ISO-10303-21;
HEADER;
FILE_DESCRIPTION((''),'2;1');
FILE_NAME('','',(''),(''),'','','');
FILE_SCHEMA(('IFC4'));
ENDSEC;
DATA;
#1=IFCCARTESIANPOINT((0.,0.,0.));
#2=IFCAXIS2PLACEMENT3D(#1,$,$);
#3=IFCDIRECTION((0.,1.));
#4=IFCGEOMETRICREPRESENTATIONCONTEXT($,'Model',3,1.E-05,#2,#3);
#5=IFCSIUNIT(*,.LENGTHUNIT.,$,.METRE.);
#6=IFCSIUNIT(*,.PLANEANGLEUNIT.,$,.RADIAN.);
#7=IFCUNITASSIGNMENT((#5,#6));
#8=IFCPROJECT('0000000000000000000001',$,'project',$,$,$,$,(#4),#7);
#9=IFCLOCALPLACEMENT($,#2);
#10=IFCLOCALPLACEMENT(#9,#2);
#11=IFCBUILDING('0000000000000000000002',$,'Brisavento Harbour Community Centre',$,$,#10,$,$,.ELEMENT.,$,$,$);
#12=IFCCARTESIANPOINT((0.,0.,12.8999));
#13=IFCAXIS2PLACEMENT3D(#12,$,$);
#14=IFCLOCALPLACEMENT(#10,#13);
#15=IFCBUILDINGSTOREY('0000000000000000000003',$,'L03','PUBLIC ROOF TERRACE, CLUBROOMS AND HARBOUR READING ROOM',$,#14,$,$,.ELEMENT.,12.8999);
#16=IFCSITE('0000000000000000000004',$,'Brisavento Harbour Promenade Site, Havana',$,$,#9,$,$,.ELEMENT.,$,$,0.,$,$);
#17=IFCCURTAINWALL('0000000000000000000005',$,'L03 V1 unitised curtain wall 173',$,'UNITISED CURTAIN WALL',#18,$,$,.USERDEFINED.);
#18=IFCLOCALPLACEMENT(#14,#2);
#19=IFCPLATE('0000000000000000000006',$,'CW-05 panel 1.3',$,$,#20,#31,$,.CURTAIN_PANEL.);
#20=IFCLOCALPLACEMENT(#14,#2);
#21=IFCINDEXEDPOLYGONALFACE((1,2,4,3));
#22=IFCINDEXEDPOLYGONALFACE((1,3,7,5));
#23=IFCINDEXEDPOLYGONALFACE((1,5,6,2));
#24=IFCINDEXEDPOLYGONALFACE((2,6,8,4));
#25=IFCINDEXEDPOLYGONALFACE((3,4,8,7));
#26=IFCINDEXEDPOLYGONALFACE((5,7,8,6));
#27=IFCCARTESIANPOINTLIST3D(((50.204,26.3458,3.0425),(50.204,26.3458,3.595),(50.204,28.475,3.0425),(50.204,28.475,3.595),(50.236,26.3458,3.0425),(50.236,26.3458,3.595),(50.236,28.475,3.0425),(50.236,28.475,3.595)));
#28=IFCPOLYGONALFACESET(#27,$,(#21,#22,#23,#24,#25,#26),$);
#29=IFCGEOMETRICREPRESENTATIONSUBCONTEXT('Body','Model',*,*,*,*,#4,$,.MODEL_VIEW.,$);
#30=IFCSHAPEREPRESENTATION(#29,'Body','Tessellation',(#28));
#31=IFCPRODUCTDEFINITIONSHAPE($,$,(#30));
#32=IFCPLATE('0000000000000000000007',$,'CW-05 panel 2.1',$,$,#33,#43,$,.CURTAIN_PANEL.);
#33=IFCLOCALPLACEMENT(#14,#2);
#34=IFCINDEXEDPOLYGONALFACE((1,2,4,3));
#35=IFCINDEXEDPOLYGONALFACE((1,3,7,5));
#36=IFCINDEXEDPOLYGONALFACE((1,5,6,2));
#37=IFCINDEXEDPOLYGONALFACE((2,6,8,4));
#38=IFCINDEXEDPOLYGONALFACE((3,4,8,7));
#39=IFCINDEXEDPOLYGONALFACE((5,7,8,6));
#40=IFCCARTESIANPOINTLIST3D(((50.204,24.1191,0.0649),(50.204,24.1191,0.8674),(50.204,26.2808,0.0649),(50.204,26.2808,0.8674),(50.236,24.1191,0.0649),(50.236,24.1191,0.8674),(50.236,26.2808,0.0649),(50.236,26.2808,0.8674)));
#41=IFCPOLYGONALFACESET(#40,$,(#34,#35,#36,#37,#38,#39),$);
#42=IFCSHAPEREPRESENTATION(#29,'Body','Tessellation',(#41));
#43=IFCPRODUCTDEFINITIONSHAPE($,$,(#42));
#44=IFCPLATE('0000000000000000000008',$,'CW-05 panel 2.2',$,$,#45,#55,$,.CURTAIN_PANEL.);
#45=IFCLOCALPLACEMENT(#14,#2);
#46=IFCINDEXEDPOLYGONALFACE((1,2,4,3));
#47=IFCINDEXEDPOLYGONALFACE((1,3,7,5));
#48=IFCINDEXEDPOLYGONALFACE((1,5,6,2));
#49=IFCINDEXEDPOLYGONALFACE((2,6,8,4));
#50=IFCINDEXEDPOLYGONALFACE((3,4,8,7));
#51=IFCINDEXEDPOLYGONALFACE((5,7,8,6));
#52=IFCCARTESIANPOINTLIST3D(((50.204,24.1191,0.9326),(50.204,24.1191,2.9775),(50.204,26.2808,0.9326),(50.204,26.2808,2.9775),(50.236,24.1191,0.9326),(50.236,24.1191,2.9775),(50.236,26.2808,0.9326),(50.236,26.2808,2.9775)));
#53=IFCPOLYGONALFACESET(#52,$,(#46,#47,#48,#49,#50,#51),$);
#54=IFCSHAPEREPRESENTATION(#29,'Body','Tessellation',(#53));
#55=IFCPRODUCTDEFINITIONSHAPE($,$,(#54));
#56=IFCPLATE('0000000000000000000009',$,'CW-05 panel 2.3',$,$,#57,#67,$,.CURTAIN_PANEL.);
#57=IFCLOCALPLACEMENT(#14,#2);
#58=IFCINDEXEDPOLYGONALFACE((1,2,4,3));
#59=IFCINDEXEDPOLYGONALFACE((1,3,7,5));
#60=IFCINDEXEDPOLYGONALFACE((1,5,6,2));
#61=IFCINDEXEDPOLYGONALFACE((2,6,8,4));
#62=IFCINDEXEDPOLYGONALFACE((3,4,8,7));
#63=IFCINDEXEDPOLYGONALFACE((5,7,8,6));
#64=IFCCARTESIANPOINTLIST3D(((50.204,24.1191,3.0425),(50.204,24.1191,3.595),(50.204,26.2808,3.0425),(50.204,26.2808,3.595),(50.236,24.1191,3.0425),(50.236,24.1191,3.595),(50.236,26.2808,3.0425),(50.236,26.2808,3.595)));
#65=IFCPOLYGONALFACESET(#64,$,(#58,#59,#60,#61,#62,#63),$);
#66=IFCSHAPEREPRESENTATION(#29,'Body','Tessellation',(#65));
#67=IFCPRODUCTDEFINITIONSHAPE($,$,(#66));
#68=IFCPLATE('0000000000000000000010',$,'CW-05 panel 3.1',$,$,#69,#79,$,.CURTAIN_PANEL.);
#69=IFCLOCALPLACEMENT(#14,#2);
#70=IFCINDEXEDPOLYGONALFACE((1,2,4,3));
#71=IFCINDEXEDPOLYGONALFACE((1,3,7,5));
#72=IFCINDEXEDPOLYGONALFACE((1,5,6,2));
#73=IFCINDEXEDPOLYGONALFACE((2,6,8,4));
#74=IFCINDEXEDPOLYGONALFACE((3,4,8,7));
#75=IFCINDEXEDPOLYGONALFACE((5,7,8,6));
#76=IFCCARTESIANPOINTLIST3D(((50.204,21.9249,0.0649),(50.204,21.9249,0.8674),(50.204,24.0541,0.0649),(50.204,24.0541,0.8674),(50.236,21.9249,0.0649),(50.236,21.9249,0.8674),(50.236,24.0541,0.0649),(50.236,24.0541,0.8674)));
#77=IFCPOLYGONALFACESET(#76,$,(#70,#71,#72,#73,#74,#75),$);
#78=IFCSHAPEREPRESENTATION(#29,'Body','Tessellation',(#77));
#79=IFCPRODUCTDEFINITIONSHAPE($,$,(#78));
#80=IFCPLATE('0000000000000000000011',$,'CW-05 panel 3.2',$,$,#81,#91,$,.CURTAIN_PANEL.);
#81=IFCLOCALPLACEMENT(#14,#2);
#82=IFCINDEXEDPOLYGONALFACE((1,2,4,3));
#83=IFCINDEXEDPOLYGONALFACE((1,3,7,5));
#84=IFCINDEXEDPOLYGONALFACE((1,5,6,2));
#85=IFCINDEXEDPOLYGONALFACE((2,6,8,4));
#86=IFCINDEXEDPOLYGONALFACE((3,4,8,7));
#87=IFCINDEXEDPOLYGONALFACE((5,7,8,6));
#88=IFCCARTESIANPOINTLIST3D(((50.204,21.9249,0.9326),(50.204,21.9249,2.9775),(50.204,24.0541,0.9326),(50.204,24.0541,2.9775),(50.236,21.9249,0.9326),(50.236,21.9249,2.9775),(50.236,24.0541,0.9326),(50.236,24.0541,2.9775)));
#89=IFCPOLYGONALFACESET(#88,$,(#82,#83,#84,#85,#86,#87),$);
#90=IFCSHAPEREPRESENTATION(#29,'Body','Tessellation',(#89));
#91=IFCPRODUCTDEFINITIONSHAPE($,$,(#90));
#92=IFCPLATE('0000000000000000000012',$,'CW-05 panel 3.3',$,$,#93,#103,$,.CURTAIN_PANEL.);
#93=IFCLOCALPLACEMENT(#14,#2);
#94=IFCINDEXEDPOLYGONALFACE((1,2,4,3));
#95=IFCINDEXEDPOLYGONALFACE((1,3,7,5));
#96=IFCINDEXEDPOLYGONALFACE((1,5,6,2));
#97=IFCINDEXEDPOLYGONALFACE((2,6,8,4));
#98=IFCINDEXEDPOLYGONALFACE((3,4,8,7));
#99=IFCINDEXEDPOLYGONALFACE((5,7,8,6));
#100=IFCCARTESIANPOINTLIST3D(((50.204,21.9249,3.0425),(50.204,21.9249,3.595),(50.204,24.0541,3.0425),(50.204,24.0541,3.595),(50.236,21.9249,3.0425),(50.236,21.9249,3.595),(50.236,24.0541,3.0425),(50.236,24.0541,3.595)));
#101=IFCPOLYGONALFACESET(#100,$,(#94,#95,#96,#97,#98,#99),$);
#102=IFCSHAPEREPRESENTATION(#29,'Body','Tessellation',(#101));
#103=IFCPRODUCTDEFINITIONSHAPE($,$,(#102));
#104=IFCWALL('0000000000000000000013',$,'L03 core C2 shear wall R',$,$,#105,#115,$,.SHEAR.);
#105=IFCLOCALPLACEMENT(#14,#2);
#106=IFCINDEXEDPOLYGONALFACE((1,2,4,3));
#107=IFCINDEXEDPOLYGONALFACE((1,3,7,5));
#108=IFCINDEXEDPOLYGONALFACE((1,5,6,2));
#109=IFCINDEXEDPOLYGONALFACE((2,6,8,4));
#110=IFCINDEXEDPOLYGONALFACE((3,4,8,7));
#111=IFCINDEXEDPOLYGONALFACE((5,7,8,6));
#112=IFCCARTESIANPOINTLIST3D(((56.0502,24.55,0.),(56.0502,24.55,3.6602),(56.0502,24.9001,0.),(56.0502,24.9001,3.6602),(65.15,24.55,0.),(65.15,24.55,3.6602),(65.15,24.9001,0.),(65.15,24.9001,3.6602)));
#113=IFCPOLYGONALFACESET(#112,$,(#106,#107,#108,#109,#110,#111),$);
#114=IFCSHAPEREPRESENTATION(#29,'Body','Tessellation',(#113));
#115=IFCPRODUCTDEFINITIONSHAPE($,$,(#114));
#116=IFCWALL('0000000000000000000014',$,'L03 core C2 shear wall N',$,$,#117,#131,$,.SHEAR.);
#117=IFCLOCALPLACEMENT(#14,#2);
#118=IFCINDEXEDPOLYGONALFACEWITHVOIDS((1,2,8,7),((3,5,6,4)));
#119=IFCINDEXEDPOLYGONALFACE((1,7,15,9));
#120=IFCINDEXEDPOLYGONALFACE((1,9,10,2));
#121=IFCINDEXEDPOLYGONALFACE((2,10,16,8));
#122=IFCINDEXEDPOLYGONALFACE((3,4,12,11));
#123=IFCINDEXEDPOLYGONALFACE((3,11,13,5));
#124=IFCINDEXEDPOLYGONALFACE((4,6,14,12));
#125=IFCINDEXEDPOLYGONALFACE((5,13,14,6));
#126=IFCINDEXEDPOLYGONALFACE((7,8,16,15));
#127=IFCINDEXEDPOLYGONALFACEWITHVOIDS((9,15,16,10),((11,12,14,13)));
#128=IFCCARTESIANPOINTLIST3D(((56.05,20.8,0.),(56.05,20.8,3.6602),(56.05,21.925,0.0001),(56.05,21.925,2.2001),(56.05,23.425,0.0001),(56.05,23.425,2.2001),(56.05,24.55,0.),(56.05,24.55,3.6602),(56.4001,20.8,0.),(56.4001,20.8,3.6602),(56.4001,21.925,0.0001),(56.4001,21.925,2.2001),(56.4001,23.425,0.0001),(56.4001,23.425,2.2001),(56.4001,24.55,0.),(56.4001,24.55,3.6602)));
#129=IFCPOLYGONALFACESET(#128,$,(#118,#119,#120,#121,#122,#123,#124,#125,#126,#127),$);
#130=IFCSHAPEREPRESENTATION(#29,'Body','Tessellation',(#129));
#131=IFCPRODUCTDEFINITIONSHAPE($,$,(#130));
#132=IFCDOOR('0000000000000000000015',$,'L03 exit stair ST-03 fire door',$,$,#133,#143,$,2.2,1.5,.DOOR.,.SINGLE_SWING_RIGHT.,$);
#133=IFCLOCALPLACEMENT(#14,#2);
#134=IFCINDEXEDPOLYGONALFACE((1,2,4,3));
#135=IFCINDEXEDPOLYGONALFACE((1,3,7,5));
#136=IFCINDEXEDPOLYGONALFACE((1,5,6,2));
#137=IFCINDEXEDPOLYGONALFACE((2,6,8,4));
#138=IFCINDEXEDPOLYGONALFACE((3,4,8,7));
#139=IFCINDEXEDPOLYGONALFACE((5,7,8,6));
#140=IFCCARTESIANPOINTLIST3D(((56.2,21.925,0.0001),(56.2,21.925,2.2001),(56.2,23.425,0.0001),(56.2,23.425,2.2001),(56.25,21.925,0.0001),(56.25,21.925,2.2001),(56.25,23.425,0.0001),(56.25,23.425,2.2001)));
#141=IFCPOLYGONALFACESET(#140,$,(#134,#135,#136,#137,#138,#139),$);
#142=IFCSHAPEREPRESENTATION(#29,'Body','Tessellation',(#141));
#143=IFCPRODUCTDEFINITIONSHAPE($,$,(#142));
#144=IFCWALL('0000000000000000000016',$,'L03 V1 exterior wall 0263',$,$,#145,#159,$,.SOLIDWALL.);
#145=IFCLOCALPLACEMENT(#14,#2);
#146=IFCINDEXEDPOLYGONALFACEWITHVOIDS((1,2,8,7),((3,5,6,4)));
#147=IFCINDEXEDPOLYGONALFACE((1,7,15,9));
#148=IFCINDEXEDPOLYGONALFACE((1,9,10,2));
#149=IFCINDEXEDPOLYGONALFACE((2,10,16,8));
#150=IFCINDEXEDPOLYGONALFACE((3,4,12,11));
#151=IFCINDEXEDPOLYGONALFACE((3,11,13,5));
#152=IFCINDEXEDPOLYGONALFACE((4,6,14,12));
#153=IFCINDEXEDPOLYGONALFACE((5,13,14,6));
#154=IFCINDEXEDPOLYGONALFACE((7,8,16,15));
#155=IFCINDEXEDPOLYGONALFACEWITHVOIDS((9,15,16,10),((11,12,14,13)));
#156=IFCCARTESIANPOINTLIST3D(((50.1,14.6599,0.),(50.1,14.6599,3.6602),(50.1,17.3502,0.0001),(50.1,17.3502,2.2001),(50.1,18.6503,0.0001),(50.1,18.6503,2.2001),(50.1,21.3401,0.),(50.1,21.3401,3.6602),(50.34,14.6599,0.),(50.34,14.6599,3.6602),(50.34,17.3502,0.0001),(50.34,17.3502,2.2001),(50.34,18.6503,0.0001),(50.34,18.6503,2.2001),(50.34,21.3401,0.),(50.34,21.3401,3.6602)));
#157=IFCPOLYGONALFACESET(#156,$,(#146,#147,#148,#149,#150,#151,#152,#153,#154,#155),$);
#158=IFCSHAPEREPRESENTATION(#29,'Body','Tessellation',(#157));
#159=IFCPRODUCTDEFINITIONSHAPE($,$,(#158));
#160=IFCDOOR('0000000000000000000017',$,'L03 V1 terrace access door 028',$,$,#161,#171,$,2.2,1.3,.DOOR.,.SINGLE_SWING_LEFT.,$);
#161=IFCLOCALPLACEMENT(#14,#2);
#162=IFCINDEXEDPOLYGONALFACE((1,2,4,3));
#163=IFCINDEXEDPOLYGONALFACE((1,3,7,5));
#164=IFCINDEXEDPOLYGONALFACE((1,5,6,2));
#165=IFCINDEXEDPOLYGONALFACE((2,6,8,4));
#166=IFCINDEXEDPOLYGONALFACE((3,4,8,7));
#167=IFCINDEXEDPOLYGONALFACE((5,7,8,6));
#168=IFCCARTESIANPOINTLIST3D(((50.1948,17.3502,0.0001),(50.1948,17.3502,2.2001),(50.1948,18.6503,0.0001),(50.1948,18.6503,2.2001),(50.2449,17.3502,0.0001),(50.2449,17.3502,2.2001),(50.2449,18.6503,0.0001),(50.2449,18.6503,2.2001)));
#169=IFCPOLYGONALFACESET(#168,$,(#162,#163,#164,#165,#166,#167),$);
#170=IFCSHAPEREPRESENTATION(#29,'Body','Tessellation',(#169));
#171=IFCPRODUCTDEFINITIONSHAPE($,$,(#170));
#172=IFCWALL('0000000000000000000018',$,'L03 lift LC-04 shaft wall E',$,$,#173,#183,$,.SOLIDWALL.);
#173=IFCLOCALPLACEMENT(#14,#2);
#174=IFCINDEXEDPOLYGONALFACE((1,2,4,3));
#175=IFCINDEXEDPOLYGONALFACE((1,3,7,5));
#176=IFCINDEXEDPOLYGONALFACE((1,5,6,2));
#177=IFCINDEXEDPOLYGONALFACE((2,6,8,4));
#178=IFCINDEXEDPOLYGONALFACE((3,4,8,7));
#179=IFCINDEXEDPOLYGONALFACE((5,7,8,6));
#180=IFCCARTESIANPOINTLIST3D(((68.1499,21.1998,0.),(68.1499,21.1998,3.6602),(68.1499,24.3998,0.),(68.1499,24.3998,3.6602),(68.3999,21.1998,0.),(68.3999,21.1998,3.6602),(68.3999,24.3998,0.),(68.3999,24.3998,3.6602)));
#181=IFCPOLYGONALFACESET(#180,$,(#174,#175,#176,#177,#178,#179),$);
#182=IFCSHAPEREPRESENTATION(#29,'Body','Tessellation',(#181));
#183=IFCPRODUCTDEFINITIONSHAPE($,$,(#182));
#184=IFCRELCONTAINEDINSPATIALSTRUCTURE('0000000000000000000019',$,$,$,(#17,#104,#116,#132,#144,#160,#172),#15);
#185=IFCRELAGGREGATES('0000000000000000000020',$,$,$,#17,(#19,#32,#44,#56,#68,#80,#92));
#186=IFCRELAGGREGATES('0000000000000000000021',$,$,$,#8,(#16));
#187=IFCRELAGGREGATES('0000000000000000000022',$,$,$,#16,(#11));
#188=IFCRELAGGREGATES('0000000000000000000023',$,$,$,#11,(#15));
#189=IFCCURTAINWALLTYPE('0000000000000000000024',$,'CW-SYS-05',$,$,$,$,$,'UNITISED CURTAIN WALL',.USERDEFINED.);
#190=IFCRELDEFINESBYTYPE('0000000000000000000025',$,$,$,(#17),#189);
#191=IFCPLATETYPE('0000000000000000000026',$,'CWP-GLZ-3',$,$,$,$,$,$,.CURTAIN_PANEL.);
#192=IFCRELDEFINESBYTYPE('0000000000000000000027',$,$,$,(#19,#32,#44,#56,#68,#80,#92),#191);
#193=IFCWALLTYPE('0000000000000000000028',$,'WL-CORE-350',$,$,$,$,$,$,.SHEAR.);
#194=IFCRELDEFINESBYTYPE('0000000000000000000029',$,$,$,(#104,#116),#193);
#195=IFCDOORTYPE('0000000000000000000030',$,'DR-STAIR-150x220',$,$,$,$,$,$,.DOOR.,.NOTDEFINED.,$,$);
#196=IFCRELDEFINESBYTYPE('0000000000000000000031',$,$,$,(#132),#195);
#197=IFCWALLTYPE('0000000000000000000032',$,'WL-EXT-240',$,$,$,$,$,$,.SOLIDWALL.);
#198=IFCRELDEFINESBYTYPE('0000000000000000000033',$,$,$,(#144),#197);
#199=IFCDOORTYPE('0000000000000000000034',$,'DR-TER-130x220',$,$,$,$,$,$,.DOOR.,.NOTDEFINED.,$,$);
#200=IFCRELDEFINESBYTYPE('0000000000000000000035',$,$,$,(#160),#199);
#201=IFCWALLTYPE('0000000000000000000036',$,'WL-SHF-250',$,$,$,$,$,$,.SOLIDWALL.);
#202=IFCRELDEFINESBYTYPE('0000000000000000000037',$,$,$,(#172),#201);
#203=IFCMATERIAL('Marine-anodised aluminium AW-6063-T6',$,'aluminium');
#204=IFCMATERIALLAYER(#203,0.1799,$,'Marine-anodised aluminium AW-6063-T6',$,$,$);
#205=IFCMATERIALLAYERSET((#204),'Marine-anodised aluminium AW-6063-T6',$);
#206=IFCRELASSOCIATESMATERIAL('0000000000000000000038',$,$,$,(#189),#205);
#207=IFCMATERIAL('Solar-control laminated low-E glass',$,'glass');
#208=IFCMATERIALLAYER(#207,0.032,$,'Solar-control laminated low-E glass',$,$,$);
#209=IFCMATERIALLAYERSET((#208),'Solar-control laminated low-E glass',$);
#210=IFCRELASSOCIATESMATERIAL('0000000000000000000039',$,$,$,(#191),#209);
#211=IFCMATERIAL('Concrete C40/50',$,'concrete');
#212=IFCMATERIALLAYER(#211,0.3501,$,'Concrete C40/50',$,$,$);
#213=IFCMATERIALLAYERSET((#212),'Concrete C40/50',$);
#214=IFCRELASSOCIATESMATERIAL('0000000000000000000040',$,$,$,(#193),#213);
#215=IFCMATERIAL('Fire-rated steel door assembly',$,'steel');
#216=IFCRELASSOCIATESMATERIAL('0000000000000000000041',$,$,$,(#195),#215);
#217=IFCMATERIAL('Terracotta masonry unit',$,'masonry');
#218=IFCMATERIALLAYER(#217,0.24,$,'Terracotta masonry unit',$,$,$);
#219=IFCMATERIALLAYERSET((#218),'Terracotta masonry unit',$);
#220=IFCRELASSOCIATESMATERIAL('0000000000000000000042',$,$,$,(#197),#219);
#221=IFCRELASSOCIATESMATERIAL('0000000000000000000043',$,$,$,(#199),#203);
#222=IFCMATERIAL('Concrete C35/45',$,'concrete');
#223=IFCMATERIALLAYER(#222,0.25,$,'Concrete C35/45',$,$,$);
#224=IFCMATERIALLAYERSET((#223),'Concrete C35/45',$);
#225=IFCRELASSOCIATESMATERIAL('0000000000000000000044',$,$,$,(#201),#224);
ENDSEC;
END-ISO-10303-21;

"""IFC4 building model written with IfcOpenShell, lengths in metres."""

from ifc_helpers import new_model, si_unit, direction, frame, frame_2d, origin, origin_2d, place, context, subcontext, project, spatial, rectangle, extrude, material, layer, layer_set, type_object, element, fill, aggregate, save


model = new_model("IFC4")

# Units and contexts
model_context = context("Model", 3, precision=1e-05, world=origin(), true_north=direction((0.0, 1.0)))
body_context = subcontext(model_context, "Body", "Model", "MODEL_VIEW")
ifc_project = project(units=[si_unit("LENGTHUNIT", "METRE"), si_unit("PLANEANGLEUNIT", "RADIAN")], contexts=[model_context])

# Site, building, storey
site_placement = place(None, origin())
site = spatial("IfcSite", under=ifc_project, at=site_placement, Name="Brisavento Harbour Promenade Site, Havana", CompositionType="ELEMENT", RefElevation=0.0)
building_placement = place(site_placement, origin())
building = spatial("IfcBuilding", under=site, at=building_placement, Name="Brisavento Harbour Community Centre", CompositionType="ELEMENT")
storey_placement = place(building_placement, frame((0.0, 0.0, 12.8999)))
storey = spatial("IfcBuildingStorey", under=building, at=storey_placement, Name="L03", Description="PUBLIC ROOF TERRACE, CLUBROOMS AND HARBOUR READING ROOM", CompositionType="ELEMENT", Elevation=12.8999)

# Shared definitions
ifc_material_1 = material(Name="Concrete C35/45", Category="concrete")

# Curtain wall, plates
ifc_material_2 = material(Name="Marine-anodised aluminium AW-6063-T6", Category="aluminium")
ifc_layer_1 = layer(ifc_material_2, 0.1799, Name="Marine-anodised aluminium AW-6063-T6")
ifc_layer_set_1 = layer_set([ifc_layer_1], Name="Marine-anodised aluminium AW-6063-T6")
curtain_wall_type = type_object("IfcCurtainWallType", Name="CW-SYS-05", ElementType="UNITISED CURTAIN WALL", PredefinedType="USERDEFINED", material=ifc_layer_set_1)
curtain_wall_placement = place(storey_placement, origin())
curtain_wall = element("IfcCurtainWall", 1, at=curtain_wall_placement, inside=storey, type_object=curtain_wall_type, Name="L03 V1 unitised curtain wall 173", ObjectType="UNITISED CURTAIN WALL", PredefinedType="USERDEFINED")
ifc_material_3 = material(Name="Solar-control laminated low-E glass", Category="glass")
ifc_layer_2 = layer(ifc_material_3, 0.032, Name="Solar-control laminated low-E glass")
ifc_layer_set_2 = layer_set([ifc_layer_2], Name="Solar-control laminated low-E glass")
plate_type = type_object("IfcPlateType", Name="CWP-GLZ-3", PredefinedType="CURTAIN_PANEL", material=ifc_layer_set_2)
plate_1_placement = place(storey_placement, frame((50.22, 27.4104, 3.0425), z_axis=(0.0, 0.0, 1.0), x_axis=(0.0, -1.0, 0.0)))
plate_1 = element("IfcPlate", 2, at=plate_1_placement, type_object=plate_type, Name="CW-05 panel 1.3", PredefinedType="CURTAIN_PANEL", context=body_context, shape_type="SweptSolid", body=[
    extrude(rectangle(XDim=2.1292, YDim=0.032, at=origin_2d()), origin(), (0.0, 0.0, 1.0), 0.5525),
])
plate_2_placement = place(storey_placement, frame((50.22, 25.2, 0.0649), z_axis=(0.0, 0.0, 1.0), x_axis=(0.0, -1.0, 0.0)))
plate_2 = element("IfcPlate", 3, at=plate_2_placement, type_object=plate_type, Name="CW-05 panel 2.1", PredefinedType="CURTAIN_PANEL", context=body_context, shape_type="SweptSolid", body=[
    extrude(rectangle(XDim=2.1616, YDim=0.032, at=origin_2d()), origin(), (0.0, 0.0, 1.0), 0.8025),
])
plate_3_placement = place(storey_placement, frame((50.22, 25.2, 0.9326), z_axis=(0.0, 0.0, 1.0), x_axis=(0.0, -1.0, 0.0)))
plate_3 = element("IfcPlate", 4, at=plate_3_placement, type_object=plate_type, Name="CW-05 panel 2.2", PredefinedType="CURTAIN_PANEL", context=body_context, shape_type="SweptSolid", body=[
    extrude(rectangle(XDim=2.1616, YDim=0.032, at=origin_2d()), origin(), (0.0, 0.0, 1.0), 2.0449),
])
plate_4_placement = place(storey_placement, frame((50.22, 25.2, 3.0425), z_axis=(0.0, 0.0, 1.0), x_axis=(0.0, -1.0, 0.0)))
plate_4 = element("IfcPlate", 5, at=plate_4_placement, type_object=plate_type, Name="CW-05 panel 2.3", PredefinedType="CURTAIN_PANEL", context=body_context, shape_type="SweptSolid", body=[
    extrude(rectangle(XDim=2.1616, YDim=0.032, at=origin_2d()), origin(), (0.0, 0.0, 1.0), 0.5525),
])
plate_5_placement = place(storey_placement, frame((50.22, 22.9895, 0.0649), z_axis=(0.0, 0.0, 1.0), x_axis=(0.0, -1.0, 0.0)))
plate_5 = element("IfcPlate", 6, at=plate_5_placement, type_object=plate_type, Name="CW-05 panel 3.1", PredefinedType="CURTAIN_PANEL", context=body_context, shape_type="SweptSolid", body=[
    extrude(rectangle(XDim=2.1292, YDim=0.032, at=origin_2d()), origin(), (0.0, 0.0, 1.0), 0.8025),
])
plate_6_placement = place(storey_placement, frame((50.22, 22.9895, 0.9326), z_axis=(0.0, 0.0, 1.0), x_axis=(0.0, -1.0, 0.0)))
plate_6 = element("IfcPlate", 7, at=plate_6_placement, type_object=plate_type, Name="CW-05 panel 3.2", PredefinedType="CURTAIN_PANEL", context=body_context, shape_type="SweptSolid", body=[
    extrude(rectangle(XDim=2.1292, YDim=0.032, at=origin_2d()), origin(), (0.0, 0.0, 1.0), 2.0449),
])
plate_7_placement = place(storey_placement, frame((50.22, 22.9895, 3.0425), z_axis=(0.0, 0.0, 1.0), x_axis=(0.0, -1.0, 0.0)))
plate_7 = element("IfcPlate", 8, at=plate_7_placement, type_object=plate_type, Name="CW-05 panel 3.3", PredefinedType="CURTAIN_PANEL", context=body_context, shape_type="SweptSolid", body=[
    extrude(rectangle(XDim=2.1292, YDim=0.032, at=origin_2d()), origin(), (0.0, 0.0, 1.0), 0.5525),
])
aggregate(curtain_wall, [plate_1, plate_2, plate_3, plate_4, plate_5, plate_6, plate_7])

# Wall
ifc_material_4 = material(Name="Concrete C40/50", Category="concrete")
ifc_layer_3 = layer(ifc_material_4, 0.3501, Name="Concrete C40/50")
ifc_layer_set_3 = layer_set([ifc_layer_3], Name="Concrete C40/50")
wall_type_1 = type_object("IfcWallType", Name="WL-CORE-350", PredefinedType="SHEAR", material=ifc_layer_set_3)
wall_1_placement = place(storey_placement, frame((65.1499, 24.7251, 0.0), z_axis=(0.0, 0.0, 1.0), x_axis=(-1.0, 0.0, 0.0)))
element("IfcWall", 9, at=wall_1_placement, inside=storey, type_object=wall_type_1, Name="L03 core C2 shear wall R", PredefinedType="SHEAR", context=body_context, shape_type="SweptSolid", body=[
    extrude(rectangle(XDim=9.0999, YDim=0.3501, at=frame_2d((4.5498, 0.0))), origin(), (0.0, 0.0, 1.0), 3.6602),
])

# Walls, openings, doors
wall_2_placement = place(storey_placement, frame((56.2251, 24.55, 0.0), z_axis=(0.0, 0.0, 1.0), x_axis=(0.0, -1.0, 0.0)))
wall_2 = element("IfcWall", 10, at=wall_2_placement, inside=storey, type_object=wall_type_1, Name="L03 core C2 shear wall N", PredefinedType="SHEAR", context=body_context, shape_type="SweptSolid", body=[
    extrude(rectangle(XDim=3.75, YDim=0.3501, at=frame_2d((1.875, 0.0))), origin(), (0.0, 0.0, 1.0), 3.6602),
])
opening_1_placement = place(wall_2_placement, frame((1.125, 0.0, 0.0)))
opening_1 = element("IfcOpeningElement", 11, at=opening_1_placement, cuts=wall_2, PredefinedType="OPENING", context=body_context, shape_type="SweptSolid", body=[
    extrude(rectangle(XDim=1.5, YDim=2.2, at=frame_2d((0.75, 1.1001))), frame((0.0, 0.1851, 0.0), z_axis=(0.0, -1.0, 0.0), x_axis=(1.0, 0.0, 0.0)), (0.0, 0.0, 1.0), 0.3701),
])
ifc_material_5 = material(Name="Fire-rated steel door assembly", Category="steel")
door_type_1 = type_object("IfcDoorType", Name="DR-STAIR-150x220", OperationType="NOTDEFINED", PredefinedType="DOOR", material=ifc_material_5)
door_1_placement = place(opening_1_placement, origin())
door_1 = element("IfcDoor", 12, at=door_1_placement, inside=storey, type_object=door_type_1, Name="L03 exit stair ST-03 fire door", OperationType="SINGLE_SWING_RIGHT", OverallHeight=2.2, OverallWidth=1.5, PredefinedType="DOOR", context=body_context, shape_type="SweptSolid", body=[
    extrude(rectangle(XDim=1.5, YDim=2.2, at=frame_2d((0.75, 1.1001))), frame((0.0, 0.0249, 0.0), z_axis=(0.0, -1.0, 0.0), x_axis=(1.0, 0.0, 0.0)), (0.0, 0.0, 1.0), 0.05),
])
fill(opening_1, door_1)
ifc_material_6 = material(Name="Terracotta masonry unit", Category="masonry")
ifc_layer_4 = layer(ifc_material_6, 0.24, Name="Terracotta masonry unit")
ifc_layer_set_4 = layer_set([ifc_layer_4], Name="Terracotta masonry unit")
wall_type_2 = type_object("IfcWallType", Name="WL-EXT-240", PredefinedType="SOLIDWALL", material=ifc_layer_set_4)
wall_3_placement = place(storey_placement, frame((50.22, 21.3401, 0.0), z_axis=(0.0, 0.0, 1.0), x_axis=(0.0, -1.0, 0.0)))
wall_3 = element("IfcWall", 13, at=wall_3_placement, inside=storey, type_object=wall_type_2, Name="L03 V1 exterior wall 0263", PredefinedType="SOLIDWALL", context=body_context, shape_type="SweptSolid", body=[
    extrude(rectangle(XDim=6.6802, YDim=0.24, at=frame_2d((3.3401, 0.0))), origin(), (0.0, 0.0, 1.0), 3.6602),
])
opening_2_placement = place(wall_3_placement, frame((2.6899, 0.0, 0.0)))
opening_2 = element("IfcOpeningElement", 14, at=opening_2_placement, cuts=wall_3, PredefinedType="OPENING", context=body_context, shape_type="SweptSolid", body=[
    extrude(rectangle(XDim=1.3, YDim=2.2, at=frame_2d((0.6499, 1.1001))), frame((0.0, 0.1299, 0.0), z_axis=(0.0, -1.0, 0.0), x_axis=(1.0, 0.0, 0.0)), (0.0, 0.0, 1.0), 0.26),
])
door_type_2 = type_object("IfcDoorType", Name="DR-TER-130x220", OperationType="NOTDEFINED", PredefinedType="DOOR", material=ifc_material_2)
door_2_placement = place(opening_2_placement, origin())
door_2 = element("IfcDoor", 15, at=door_2_placement, inside=storey, type_object=door_type_2, Name="L03 V1 terrace access door 028", OperationType="SINGLE_SWING_LEFT", OverallHeight=2.2, OverallWidth=1.3, PredefinedType="DOOR", context=body_context, shape_type="SweptSolid", body=[
    extrude(rectangle(XDim=1.3, YDim=2.2, at=frame_2d((0.6499, 1.1001))), frame((0.0, 0.0249, 0.0), z_axis=(0.0, -1.0, 0.0), x_axis=(1.0, 0.0, 0.0)), (0.0, 0.0, 1.0), 0.05),
])
fill(opening_2, door_2)

# Wall
ifc_layer_5 = layer(ifc_material_1, 0.25, Name="Concrete C35/45")
ifc_layer_set_5 = layer_set([ifc_layer_5], Name="Concrete C35/45")
wall_type_3 = type_object("IfcWallType", Name="WL-SHF-250", PredefinedType="SOLIDWALL", material=ifc_layer_set_5)
wall_4_placement = place(storey_placement, frame((68.2749, 24.3999, 0.0), z_axis=(0.0, 0.0, 1.0), x_axis=(0.0, -1.0, 0.0)))
element("IfcWall", 16, at=wall_4_placement, inside=storey, type_object=wall_type_3, Name="L03 lift LC-04 shaft wall E", PredefinedType="SOLIDWALL", context=body_context, shape_type="SweptSolid", body=[
    extrude(rectangle(XDim=3.2, YDim=0.25, at=frame_2d((1.6001, 0.0))), origin(), (0.0, 0.0, 1.0), 3.6602),
])

save(model, "model.ifc")
